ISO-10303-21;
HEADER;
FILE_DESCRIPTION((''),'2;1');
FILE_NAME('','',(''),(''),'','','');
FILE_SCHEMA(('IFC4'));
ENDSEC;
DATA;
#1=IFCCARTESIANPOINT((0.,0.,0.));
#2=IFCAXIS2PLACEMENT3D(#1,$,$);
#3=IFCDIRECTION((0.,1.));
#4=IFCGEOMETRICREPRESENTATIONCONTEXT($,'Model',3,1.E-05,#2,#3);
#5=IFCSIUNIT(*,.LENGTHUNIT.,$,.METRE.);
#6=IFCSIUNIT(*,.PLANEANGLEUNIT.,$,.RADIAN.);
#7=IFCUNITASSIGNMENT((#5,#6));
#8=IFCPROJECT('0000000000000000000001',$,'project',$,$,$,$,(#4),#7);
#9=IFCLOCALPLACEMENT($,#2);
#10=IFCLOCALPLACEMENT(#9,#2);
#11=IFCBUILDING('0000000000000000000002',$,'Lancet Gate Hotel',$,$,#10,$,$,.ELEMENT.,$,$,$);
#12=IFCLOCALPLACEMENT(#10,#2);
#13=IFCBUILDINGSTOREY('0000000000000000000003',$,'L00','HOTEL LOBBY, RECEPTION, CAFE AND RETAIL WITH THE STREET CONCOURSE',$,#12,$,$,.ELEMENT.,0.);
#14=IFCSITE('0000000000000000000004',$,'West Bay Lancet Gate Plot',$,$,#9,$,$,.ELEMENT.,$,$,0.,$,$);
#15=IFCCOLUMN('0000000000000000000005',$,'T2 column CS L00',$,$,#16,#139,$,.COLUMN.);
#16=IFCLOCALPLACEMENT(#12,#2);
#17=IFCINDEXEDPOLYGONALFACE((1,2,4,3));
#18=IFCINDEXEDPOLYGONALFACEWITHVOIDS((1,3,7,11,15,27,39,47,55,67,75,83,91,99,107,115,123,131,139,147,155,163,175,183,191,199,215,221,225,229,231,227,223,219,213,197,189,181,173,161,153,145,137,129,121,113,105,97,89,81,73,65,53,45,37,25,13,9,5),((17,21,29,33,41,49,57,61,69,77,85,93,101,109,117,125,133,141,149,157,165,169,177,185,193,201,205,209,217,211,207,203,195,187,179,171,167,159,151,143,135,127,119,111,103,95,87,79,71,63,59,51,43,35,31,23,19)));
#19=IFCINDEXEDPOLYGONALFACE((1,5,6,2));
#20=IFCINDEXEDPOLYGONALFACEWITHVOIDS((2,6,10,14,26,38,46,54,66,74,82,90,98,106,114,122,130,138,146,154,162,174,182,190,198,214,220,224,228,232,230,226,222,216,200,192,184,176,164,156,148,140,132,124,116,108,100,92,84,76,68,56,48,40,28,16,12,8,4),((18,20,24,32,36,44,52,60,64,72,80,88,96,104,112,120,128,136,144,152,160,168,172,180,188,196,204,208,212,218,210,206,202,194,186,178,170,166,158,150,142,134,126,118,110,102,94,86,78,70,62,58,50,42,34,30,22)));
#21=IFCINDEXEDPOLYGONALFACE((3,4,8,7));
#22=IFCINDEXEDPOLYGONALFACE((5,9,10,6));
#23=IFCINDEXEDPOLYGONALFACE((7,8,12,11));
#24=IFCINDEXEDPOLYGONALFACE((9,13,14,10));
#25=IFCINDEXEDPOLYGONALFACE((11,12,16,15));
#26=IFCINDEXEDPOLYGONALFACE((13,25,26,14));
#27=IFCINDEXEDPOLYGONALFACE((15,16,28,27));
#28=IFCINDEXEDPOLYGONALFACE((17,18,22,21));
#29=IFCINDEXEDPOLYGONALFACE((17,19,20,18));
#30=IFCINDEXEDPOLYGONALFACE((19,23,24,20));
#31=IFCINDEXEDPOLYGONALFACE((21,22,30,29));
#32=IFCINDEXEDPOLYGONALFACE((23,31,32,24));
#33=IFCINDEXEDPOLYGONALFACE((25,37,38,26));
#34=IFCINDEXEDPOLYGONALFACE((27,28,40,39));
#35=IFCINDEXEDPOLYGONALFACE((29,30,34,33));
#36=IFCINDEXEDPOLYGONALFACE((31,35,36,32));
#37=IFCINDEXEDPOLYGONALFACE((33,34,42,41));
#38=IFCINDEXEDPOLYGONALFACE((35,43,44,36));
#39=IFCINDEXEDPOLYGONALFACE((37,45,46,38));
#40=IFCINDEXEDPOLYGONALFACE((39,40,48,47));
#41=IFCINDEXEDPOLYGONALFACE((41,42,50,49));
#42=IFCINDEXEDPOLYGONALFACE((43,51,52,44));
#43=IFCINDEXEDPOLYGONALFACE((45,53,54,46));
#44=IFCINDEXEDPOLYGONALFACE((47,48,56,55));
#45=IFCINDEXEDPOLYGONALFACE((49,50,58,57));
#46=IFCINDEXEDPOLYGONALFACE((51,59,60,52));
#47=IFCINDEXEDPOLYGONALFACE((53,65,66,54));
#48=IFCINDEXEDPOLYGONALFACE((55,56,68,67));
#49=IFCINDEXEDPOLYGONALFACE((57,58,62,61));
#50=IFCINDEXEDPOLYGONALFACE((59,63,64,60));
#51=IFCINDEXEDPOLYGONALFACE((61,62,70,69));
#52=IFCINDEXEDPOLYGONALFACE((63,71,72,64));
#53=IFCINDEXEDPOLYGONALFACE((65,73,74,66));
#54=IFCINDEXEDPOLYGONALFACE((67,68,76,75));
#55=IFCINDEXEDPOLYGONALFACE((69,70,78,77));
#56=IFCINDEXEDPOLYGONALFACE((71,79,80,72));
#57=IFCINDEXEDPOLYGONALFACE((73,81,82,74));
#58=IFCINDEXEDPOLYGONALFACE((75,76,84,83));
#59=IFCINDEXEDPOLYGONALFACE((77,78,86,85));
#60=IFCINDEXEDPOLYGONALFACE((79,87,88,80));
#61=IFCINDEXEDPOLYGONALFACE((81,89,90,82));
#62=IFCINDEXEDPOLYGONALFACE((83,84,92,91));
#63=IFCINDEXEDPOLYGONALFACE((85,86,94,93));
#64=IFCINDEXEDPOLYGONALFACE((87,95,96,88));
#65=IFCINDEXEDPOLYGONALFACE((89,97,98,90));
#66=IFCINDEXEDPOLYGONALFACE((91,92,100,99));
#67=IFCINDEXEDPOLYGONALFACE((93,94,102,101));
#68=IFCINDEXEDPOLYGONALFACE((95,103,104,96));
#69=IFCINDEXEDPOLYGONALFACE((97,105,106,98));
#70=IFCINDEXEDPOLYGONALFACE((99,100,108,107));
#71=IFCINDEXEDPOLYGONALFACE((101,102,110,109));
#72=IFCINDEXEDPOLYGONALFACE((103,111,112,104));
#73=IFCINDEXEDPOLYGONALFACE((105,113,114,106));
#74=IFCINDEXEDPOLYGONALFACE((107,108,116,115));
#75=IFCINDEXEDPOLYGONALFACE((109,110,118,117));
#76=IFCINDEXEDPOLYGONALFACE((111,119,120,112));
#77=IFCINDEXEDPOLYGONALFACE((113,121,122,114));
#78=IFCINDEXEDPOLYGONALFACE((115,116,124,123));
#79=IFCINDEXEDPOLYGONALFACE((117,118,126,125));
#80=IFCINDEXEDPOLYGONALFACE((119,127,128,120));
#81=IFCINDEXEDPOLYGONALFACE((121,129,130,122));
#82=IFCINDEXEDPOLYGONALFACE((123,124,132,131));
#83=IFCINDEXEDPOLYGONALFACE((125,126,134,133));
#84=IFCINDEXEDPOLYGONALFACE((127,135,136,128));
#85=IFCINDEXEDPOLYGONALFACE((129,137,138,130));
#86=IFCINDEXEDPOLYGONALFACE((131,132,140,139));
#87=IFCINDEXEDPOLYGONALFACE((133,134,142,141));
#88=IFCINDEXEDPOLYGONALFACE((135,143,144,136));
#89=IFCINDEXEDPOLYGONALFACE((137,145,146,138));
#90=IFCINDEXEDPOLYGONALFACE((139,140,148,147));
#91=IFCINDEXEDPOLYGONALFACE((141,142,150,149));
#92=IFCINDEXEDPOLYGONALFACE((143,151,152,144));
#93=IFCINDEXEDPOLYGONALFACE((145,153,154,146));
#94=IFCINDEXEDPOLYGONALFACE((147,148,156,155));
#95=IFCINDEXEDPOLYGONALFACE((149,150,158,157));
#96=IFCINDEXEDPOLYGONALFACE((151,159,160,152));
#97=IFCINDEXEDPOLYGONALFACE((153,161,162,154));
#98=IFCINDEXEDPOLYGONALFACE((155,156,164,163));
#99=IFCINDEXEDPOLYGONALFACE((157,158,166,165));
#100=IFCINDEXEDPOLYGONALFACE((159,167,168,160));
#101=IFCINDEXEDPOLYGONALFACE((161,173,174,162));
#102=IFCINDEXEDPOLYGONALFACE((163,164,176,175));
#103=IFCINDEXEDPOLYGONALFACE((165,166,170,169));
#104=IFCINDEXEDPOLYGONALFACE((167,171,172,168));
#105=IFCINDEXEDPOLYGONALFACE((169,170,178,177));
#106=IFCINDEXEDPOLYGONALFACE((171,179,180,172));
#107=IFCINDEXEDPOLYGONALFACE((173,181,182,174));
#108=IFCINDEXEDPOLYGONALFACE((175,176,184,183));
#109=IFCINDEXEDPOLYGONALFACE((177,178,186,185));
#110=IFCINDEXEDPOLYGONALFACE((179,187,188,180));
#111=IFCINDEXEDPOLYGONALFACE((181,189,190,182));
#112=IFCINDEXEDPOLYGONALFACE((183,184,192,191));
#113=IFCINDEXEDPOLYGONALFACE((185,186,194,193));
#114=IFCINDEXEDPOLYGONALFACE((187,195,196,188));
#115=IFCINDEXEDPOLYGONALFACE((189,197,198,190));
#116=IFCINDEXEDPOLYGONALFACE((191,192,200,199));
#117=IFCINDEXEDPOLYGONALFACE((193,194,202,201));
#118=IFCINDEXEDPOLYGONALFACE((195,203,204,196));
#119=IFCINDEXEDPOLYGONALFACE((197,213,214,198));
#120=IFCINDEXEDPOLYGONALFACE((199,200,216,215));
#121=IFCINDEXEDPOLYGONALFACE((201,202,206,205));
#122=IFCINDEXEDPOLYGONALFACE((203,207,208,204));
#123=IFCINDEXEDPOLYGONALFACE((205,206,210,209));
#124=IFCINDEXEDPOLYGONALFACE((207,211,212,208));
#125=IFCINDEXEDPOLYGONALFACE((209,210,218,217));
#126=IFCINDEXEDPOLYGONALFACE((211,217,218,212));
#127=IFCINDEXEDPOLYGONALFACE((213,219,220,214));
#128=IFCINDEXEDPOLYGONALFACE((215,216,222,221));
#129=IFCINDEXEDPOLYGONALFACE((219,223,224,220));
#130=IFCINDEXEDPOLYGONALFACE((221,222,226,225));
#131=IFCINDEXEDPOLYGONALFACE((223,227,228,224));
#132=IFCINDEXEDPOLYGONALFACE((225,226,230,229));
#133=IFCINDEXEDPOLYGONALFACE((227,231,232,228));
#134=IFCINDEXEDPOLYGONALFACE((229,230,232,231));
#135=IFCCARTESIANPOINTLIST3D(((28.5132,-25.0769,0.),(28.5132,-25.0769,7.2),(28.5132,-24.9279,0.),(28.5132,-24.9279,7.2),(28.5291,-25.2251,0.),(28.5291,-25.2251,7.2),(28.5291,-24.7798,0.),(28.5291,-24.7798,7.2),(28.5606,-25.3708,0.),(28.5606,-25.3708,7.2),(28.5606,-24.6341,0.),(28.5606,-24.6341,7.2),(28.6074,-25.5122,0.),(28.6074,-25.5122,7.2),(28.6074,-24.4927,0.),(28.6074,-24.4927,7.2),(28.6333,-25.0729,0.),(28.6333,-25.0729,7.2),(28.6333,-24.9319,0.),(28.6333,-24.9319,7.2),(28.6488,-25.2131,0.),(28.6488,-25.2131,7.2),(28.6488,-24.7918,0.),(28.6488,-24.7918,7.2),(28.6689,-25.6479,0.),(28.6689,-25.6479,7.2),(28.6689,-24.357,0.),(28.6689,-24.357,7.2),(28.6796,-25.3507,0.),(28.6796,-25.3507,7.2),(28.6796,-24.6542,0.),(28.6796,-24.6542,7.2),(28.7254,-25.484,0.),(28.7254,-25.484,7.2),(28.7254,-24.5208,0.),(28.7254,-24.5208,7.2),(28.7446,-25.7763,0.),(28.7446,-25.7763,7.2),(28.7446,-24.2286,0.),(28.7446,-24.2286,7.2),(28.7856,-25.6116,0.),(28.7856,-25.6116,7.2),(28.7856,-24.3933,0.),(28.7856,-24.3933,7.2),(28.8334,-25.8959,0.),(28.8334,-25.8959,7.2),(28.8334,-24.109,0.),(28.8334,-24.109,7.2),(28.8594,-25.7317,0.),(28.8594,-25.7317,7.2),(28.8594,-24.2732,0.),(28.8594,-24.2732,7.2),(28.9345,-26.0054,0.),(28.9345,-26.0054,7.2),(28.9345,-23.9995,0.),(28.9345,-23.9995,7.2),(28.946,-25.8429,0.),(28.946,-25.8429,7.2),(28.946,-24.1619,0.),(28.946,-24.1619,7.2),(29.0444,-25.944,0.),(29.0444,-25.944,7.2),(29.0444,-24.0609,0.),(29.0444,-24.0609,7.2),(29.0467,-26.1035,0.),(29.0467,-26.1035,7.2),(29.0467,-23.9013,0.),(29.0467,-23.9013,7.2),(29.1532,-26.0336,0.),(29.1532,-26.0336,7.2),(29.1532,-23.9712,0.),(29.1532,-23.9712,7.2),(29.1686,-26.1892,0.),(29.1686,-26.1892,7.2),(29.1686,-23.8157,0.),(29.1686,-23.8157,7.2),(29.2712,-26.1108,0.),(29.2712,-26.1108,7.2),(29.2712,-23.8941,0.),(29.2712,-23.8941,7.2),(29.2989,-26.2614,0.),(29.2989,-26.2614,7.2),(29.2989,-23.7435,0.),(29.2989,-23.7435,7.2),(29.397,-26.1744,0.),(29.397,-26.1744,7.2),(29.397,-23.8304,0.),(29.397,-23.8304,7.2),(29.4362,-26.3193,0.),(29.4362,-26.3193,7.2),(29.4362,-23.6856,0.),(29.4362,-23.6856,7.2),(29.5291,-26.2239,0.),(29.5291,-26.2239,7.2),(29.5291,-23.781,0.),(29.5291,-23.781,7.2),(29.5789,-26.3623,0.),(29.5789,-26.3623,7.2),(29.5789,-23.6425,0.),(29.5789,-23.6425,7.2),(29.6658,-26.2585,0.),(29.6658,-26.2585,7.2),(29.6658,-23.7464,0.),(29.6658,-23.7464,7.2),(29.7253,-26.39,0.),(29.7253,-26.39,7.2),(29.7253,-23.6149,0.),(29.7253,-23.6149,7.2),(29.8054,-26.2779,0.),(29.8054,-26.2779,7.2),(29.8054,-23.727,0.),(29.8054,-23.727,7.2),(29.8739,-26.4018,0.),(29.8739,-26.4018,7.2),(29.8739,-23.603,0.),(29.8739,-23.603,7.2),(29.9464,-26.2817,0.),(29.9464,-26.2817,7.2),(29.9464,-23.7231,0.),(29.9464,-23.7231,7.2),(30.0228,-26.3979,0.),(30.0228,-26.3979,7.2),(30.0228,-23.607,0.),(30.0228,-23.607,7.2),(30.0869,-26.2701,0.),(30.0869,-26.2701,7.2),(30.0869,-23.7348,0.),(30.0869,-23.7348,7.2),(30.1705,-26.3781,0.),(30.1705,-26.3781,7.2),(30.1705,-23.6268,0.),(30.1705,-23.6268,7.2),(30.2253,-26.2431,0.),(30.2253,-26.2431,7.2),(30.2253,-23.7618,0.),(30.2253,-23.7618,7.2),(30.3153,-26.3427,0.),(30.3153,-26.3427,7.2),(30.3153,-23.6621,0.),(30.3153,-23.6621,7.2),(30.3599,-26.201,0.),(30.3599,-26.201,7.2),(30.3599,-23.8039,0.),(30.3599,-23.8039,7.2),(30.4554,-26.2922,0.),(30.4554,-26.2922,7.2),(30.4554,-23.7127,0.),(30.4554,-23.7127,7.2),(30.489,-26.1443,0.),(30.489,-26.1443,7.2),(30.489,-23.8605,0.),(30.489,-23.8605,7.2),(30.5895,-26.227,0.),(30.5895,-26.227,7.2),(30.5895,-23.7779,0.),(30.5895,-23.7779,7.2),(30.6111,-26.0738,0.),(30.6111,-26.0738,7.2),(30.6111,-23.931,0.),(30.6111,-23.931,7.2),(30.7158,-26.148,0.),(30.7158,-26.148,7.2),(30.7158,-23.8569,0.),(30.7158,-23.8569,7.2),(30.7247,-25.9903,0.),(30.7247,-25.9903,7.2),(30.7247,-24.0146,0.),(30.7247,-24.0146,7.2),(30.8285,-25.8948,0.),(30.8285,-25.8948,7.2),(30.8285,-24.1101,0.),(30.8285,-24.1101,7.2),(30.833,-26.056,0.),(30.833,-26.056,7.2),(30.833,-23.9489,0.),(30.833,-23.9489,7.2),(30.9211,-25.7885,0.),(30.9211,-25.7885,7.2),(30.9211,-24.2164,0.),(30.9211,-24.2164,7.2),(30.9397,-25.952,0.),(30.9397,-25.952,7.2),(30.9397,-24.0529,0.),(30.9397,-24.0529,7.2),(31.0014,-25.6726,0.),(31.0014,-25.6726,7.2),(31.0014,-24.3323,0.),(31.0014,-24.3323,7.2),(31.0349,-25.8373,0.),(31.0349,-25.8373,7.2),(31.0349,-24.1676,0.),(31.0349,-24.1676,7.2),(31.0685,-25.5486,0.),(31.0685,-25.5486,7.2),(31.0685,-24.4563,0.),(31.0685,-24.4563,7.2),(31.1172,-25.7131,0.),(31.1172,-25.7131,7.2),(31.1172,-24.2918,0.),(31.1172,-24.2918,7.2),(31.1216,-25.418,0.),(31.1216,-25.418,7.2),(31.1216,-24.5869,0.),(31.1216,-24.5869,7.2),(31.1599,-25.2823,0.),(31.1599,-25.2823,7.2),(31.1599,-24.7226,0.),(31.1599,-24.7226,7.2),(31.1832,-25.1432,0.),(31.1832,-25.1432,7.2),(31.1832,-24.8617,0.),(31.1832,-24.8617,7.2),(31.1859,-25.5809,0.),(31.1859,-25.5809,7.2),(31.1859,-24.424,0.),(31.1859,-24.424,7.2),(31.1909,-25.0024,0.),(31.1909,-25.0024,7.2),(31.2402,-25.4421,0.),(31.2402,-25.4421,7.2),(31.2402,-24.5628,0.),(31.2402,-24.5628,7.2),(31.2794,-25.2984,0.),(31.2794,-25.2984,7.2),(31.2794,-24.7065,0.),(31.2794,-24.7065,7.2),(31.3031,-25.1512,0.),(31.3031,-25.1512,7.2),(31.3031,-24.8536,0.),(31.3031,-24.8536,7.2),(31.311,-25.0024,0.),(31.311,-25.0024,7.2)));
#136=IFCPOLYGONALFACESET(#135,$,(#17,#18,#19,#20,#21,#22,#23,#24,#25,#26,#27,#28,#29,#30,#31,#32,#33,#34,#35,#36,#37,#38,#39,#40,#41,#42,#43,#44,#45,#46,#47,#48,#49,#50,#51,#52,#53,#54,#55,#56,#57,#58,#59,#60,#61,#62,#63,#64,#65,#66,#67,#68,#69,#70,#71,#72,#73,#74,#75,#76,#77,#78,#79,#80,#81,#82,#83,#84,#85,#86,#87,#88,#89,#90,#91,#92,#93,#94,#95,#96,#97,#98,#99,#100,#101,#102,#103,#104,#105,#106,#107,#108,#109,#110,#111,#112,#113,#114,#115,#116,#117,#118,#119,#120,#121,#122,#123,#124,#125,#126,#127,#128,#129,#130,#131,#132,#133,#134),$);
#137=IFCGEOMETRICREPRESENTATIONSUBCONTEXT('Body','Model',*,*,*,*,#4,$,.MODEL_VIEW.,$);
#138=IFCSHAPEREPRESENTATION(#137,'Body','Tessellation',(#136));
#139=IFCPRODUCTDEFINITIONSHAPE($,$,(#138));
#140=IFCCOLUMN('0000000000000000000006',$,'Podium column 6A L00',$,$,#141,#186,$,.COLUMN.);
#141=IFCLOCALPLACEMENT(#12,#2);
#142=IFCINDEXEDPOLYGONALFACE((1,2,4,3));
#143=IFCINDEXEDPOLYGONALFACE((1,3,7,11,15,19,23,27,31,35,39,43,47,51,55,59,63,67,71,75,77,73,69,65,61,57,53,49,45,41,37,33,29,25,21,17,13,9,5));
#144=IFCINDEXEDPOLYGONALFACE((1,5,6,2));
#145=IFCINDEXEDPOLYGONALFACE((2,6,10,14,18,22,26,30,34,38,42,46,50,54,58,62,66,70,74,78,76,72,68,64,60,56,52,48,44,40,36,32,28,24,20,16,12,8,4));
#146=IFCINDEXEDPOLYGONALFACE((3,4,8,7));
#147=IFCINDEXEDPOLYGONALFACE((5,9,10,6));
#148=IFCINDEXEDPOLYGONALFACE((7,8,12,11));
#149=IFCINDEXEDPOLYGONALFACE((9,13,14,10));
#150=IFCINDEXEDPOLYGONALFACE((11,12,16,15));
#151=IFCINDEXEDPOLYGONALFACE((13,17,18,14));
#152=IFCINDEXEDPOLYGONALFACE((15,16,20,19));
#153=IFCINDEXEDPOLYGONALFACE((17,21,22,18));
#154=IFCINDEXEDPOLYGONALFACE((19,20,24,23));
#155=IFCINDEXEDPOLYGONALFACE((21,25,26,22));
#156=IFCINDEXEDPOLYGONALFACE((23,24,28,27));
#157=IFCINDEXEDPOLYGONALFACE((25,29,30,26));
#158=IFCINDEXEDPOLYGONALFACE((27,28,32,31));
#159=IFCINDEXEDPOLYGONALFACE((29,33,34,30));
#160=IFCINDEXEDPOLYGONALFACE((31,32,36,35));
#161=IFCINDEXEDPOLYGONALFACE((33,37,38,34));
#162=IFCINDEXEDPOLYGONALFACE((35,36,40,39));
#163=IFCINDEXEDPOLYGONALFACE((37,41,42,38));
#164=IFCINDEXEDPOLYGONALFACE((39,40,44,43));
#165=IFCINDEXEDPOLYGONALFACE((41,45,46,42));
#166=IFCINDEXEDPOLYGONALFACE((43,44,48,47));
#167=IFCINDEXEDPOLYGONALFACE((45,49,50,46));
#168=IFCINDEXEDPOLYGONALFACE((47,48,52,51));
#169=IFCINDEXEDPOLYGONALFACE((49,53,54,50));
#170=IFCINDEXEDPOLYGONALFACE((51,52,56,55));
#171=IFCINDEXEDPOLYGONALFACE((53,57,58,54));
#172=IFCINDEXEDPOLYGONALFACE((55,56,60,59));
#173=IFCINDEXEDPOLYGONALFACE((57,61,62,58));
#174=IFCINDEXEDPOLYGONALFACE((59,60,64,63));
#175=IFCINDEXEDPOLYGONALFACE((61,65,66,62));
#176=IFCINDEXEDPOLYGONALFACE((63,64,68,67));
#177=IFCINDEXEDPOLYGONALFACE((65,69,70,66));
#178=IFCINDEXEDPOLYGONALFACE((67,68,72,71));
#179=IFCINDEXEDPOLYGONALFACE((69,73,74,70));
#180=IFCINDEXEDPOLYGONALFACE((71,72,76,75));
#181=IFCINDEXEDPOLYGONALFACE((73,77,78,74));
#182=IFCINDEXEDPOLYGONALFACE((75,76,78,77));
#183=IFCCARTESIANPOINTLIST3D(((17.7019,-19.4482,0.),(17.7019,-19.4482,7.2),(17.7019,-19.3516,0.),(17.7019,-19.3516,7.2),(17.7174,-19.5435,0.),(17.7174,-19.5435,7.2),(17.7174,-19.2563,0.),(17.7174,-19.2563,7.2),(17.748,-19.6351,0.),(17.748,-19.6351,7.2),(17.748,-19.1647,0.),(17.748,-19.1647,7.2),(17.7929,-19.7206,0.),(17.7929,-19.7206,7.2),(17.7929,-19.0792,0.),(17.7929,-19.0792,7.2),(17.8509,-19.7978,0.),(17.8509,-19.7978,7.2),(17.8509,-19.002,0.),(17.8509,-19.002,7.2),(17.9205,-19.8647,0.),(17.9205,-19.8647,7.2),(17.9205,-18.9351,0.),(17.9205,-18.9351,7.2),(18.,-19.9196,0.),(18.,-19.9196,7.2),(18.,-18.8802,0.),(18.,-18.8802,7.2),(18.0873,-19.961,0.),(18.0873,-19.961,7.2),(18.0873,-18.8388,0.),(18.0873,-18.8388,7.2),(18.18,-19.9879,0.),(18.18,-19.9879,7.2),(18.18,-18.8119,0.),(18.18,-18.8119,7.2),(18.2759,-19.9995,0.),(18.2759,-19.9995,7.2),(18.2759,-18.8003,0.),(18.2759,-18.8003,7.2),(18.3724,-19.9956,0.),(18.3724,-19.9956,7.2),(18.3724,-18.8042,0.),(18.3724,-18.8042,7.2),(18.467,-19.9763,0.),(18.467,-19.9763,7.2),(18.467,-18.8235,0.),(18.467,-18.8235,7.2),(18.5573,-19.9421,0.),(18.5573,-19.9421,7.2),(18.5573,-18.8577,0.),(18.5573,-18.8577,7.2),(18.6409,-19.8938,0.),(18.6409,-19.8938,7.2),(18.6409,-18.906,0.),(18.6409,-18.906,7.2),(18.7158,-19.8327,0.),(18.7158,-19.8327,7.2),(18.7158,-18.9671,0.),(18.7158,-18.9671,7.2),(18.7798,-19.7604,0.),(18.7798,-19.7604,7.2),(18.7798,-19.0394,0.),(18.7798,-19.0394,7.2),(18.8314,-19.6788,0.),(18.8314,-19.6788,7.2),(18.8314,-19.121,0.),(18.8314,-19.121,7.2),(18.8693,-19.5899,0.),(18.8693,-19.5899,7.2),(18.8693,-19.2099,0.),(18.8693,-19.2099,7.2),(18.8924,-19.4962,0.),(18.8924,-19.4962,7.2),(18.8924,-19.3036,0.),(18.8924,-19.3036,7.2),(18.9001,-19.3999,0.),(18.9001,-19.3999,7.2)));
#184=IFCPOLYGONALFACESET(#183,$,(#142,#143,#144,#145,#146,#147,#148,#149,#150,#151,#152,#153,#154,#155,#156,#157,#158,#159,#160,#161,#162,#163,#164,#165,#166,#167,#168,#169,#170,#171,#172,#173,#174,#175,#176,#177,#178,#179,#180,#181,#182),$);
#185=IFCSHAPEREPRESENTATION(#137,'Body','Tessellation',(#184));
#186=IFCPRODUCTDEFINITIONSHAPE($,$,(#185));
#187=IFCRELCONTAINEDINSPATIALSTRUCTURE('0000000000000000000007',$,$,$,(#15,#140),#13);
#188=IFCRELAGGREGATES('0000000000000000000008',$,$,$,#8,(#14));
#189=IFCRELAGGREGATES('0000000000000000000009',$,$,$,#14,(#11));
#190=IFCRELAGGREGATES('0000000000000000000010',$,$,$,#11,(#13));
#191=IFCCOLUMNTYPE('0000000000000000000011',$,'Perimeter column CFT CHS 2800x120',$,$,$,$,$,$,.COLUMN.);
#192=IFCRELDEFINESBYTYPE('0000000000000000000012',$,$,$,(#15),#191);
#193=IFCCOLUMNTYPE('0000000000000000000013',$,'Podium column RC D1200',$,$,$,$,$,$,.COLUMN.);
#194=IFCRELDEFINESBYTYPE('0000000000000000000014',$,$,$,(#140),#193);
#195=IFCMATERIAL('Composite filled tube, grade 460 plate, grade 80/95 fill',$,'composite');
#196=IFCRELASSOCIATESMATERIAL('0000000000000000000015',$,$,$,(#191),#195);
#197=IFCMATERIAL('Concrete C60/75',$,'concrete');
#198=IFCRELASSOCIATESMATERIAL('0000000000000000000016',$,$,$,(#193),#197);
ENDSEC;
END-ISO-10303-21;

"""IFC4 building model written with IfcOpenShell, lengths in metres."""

from ifc_helpers import new_model, si_unit, direction, frame, origin, origin_2d, place, context, subcontext, project, spatial, circle, hollow_circle, extrude, material, material_profile, profile_set, type_object, element, save


model = new_model("IFC4")

# Units and contexts
model_context = context("Model", 3, precision=1e-05, world=origin(), true_north=direction((0.0, 1.0)))
body_context = subcontext(model_context, "Body", "Model", "MODEL_VIEW")
ifc_project = project(units=[si_unit("LENGTHUNIT", "METRE"), si_unit("PLANEANGLEUNIT", "RADIAN")], contexts=[model_context])

# Site, building, storey
site_placement = place(None, origin())
site = spatial("IfcSite", under=ifc_project, at=site_placement, Name="West Bay Lancet Gate Plot", CompositionType="ELEMENT", RefElevation=0.0)
building_placement = place(site_placement, origin())
building = spatial("IfcBuilding", under=site, at=building_placement, Name="Lancet Gate Hotel", CompositionType="ELEMENT")
storey_placement = place(building_placement, origin())
storey = spatial("IfcBuildingStorey", under=building, at=storey_placement, Name="L00", Description="HOTEL LOBBY, RECEPTION, CAFE AND RETAIL WITH THE STREET CONCOURSE", CompositionType="ELEMENT", Elevation=0.0)

# Columns
ifc_material_1 = material(Name="Composite filled tube, grade 460 plate, grade 80/95 fill", Category="composite")
ifc_material_profile_1 = material_profile(ifc_material_1, hollow_circle(Radius=1.3999, WallThickness=0.1201, at=origin_2d()), Name="CHS 2800x120")
ifc_profile_set_1 = profile_set([ifc_material_profile_1], Name="Composite filled tube, grade 460 plate, grade 80/95 fill")
column_type_1 = type_object("IfcColumnType", Name="Perimeter column CFT CHS 2800x120", PredefinedType="COLUMN", material=ifc_profile_set_1)
column_placement = place(storey_placement, frame((29.9111, -25.0024, 0.0), z_axis=(0.0, 0.0, 1.0), x_axis=(1.0, 0.0, 0.0)))
element("IfcColumn", 1, at=column_placement, inside=storey, type_object=column_type_1, Name="T2 column CS L00", PredefinedType="COLUMN", context=body_context, shape_type="SweptSolid", body=[
    extrude(hollow_circle(Radius=1.3999, WallThickness=0.1201, at=origin_2d()), origin(), (0.0, 0.0, 1.0), 7.2),
])
ifc_material_2 = material(Name="Concrete C60/75", Category="concrete")
ifc_material_profile_2 = material_profile(ifc_material_2, circle(Radius=0.6001, at=origin_2d()), Name="RC D1200")
ifc_profile_set_2 = profile_set([ifc_material_profile_2], Name="Concrete C60/75")
column_type_2 = type_object("IfcColumnType", Name="Podium column RC D1200", PredefinedType="COLUMN", material=ifc_profile_set_2)
for number, where, z_axis, x_axis, name in (
    (2, (18.3, -19.3999, 0.0), (0.0, 0.0, 1.0), (1.0, 0.0, 0.0), "Podium column 6A L00"),
):
    element("IfcColumn", number, at=place(storey_placement, frame(where, z_axis=z_axis, x_axis=x_axis)), inside=storey, type_object=column_type_2, Name=name, PredefinedType="COLUMN", context=body_context, shape_type="SweptSolid", body=[
        extrude(circle(Radius=0.6001, at=origin_2d()), origin(), (0.0, 0.0, 1.0), 7.2),
    ])

save(model, "model.ifc")
